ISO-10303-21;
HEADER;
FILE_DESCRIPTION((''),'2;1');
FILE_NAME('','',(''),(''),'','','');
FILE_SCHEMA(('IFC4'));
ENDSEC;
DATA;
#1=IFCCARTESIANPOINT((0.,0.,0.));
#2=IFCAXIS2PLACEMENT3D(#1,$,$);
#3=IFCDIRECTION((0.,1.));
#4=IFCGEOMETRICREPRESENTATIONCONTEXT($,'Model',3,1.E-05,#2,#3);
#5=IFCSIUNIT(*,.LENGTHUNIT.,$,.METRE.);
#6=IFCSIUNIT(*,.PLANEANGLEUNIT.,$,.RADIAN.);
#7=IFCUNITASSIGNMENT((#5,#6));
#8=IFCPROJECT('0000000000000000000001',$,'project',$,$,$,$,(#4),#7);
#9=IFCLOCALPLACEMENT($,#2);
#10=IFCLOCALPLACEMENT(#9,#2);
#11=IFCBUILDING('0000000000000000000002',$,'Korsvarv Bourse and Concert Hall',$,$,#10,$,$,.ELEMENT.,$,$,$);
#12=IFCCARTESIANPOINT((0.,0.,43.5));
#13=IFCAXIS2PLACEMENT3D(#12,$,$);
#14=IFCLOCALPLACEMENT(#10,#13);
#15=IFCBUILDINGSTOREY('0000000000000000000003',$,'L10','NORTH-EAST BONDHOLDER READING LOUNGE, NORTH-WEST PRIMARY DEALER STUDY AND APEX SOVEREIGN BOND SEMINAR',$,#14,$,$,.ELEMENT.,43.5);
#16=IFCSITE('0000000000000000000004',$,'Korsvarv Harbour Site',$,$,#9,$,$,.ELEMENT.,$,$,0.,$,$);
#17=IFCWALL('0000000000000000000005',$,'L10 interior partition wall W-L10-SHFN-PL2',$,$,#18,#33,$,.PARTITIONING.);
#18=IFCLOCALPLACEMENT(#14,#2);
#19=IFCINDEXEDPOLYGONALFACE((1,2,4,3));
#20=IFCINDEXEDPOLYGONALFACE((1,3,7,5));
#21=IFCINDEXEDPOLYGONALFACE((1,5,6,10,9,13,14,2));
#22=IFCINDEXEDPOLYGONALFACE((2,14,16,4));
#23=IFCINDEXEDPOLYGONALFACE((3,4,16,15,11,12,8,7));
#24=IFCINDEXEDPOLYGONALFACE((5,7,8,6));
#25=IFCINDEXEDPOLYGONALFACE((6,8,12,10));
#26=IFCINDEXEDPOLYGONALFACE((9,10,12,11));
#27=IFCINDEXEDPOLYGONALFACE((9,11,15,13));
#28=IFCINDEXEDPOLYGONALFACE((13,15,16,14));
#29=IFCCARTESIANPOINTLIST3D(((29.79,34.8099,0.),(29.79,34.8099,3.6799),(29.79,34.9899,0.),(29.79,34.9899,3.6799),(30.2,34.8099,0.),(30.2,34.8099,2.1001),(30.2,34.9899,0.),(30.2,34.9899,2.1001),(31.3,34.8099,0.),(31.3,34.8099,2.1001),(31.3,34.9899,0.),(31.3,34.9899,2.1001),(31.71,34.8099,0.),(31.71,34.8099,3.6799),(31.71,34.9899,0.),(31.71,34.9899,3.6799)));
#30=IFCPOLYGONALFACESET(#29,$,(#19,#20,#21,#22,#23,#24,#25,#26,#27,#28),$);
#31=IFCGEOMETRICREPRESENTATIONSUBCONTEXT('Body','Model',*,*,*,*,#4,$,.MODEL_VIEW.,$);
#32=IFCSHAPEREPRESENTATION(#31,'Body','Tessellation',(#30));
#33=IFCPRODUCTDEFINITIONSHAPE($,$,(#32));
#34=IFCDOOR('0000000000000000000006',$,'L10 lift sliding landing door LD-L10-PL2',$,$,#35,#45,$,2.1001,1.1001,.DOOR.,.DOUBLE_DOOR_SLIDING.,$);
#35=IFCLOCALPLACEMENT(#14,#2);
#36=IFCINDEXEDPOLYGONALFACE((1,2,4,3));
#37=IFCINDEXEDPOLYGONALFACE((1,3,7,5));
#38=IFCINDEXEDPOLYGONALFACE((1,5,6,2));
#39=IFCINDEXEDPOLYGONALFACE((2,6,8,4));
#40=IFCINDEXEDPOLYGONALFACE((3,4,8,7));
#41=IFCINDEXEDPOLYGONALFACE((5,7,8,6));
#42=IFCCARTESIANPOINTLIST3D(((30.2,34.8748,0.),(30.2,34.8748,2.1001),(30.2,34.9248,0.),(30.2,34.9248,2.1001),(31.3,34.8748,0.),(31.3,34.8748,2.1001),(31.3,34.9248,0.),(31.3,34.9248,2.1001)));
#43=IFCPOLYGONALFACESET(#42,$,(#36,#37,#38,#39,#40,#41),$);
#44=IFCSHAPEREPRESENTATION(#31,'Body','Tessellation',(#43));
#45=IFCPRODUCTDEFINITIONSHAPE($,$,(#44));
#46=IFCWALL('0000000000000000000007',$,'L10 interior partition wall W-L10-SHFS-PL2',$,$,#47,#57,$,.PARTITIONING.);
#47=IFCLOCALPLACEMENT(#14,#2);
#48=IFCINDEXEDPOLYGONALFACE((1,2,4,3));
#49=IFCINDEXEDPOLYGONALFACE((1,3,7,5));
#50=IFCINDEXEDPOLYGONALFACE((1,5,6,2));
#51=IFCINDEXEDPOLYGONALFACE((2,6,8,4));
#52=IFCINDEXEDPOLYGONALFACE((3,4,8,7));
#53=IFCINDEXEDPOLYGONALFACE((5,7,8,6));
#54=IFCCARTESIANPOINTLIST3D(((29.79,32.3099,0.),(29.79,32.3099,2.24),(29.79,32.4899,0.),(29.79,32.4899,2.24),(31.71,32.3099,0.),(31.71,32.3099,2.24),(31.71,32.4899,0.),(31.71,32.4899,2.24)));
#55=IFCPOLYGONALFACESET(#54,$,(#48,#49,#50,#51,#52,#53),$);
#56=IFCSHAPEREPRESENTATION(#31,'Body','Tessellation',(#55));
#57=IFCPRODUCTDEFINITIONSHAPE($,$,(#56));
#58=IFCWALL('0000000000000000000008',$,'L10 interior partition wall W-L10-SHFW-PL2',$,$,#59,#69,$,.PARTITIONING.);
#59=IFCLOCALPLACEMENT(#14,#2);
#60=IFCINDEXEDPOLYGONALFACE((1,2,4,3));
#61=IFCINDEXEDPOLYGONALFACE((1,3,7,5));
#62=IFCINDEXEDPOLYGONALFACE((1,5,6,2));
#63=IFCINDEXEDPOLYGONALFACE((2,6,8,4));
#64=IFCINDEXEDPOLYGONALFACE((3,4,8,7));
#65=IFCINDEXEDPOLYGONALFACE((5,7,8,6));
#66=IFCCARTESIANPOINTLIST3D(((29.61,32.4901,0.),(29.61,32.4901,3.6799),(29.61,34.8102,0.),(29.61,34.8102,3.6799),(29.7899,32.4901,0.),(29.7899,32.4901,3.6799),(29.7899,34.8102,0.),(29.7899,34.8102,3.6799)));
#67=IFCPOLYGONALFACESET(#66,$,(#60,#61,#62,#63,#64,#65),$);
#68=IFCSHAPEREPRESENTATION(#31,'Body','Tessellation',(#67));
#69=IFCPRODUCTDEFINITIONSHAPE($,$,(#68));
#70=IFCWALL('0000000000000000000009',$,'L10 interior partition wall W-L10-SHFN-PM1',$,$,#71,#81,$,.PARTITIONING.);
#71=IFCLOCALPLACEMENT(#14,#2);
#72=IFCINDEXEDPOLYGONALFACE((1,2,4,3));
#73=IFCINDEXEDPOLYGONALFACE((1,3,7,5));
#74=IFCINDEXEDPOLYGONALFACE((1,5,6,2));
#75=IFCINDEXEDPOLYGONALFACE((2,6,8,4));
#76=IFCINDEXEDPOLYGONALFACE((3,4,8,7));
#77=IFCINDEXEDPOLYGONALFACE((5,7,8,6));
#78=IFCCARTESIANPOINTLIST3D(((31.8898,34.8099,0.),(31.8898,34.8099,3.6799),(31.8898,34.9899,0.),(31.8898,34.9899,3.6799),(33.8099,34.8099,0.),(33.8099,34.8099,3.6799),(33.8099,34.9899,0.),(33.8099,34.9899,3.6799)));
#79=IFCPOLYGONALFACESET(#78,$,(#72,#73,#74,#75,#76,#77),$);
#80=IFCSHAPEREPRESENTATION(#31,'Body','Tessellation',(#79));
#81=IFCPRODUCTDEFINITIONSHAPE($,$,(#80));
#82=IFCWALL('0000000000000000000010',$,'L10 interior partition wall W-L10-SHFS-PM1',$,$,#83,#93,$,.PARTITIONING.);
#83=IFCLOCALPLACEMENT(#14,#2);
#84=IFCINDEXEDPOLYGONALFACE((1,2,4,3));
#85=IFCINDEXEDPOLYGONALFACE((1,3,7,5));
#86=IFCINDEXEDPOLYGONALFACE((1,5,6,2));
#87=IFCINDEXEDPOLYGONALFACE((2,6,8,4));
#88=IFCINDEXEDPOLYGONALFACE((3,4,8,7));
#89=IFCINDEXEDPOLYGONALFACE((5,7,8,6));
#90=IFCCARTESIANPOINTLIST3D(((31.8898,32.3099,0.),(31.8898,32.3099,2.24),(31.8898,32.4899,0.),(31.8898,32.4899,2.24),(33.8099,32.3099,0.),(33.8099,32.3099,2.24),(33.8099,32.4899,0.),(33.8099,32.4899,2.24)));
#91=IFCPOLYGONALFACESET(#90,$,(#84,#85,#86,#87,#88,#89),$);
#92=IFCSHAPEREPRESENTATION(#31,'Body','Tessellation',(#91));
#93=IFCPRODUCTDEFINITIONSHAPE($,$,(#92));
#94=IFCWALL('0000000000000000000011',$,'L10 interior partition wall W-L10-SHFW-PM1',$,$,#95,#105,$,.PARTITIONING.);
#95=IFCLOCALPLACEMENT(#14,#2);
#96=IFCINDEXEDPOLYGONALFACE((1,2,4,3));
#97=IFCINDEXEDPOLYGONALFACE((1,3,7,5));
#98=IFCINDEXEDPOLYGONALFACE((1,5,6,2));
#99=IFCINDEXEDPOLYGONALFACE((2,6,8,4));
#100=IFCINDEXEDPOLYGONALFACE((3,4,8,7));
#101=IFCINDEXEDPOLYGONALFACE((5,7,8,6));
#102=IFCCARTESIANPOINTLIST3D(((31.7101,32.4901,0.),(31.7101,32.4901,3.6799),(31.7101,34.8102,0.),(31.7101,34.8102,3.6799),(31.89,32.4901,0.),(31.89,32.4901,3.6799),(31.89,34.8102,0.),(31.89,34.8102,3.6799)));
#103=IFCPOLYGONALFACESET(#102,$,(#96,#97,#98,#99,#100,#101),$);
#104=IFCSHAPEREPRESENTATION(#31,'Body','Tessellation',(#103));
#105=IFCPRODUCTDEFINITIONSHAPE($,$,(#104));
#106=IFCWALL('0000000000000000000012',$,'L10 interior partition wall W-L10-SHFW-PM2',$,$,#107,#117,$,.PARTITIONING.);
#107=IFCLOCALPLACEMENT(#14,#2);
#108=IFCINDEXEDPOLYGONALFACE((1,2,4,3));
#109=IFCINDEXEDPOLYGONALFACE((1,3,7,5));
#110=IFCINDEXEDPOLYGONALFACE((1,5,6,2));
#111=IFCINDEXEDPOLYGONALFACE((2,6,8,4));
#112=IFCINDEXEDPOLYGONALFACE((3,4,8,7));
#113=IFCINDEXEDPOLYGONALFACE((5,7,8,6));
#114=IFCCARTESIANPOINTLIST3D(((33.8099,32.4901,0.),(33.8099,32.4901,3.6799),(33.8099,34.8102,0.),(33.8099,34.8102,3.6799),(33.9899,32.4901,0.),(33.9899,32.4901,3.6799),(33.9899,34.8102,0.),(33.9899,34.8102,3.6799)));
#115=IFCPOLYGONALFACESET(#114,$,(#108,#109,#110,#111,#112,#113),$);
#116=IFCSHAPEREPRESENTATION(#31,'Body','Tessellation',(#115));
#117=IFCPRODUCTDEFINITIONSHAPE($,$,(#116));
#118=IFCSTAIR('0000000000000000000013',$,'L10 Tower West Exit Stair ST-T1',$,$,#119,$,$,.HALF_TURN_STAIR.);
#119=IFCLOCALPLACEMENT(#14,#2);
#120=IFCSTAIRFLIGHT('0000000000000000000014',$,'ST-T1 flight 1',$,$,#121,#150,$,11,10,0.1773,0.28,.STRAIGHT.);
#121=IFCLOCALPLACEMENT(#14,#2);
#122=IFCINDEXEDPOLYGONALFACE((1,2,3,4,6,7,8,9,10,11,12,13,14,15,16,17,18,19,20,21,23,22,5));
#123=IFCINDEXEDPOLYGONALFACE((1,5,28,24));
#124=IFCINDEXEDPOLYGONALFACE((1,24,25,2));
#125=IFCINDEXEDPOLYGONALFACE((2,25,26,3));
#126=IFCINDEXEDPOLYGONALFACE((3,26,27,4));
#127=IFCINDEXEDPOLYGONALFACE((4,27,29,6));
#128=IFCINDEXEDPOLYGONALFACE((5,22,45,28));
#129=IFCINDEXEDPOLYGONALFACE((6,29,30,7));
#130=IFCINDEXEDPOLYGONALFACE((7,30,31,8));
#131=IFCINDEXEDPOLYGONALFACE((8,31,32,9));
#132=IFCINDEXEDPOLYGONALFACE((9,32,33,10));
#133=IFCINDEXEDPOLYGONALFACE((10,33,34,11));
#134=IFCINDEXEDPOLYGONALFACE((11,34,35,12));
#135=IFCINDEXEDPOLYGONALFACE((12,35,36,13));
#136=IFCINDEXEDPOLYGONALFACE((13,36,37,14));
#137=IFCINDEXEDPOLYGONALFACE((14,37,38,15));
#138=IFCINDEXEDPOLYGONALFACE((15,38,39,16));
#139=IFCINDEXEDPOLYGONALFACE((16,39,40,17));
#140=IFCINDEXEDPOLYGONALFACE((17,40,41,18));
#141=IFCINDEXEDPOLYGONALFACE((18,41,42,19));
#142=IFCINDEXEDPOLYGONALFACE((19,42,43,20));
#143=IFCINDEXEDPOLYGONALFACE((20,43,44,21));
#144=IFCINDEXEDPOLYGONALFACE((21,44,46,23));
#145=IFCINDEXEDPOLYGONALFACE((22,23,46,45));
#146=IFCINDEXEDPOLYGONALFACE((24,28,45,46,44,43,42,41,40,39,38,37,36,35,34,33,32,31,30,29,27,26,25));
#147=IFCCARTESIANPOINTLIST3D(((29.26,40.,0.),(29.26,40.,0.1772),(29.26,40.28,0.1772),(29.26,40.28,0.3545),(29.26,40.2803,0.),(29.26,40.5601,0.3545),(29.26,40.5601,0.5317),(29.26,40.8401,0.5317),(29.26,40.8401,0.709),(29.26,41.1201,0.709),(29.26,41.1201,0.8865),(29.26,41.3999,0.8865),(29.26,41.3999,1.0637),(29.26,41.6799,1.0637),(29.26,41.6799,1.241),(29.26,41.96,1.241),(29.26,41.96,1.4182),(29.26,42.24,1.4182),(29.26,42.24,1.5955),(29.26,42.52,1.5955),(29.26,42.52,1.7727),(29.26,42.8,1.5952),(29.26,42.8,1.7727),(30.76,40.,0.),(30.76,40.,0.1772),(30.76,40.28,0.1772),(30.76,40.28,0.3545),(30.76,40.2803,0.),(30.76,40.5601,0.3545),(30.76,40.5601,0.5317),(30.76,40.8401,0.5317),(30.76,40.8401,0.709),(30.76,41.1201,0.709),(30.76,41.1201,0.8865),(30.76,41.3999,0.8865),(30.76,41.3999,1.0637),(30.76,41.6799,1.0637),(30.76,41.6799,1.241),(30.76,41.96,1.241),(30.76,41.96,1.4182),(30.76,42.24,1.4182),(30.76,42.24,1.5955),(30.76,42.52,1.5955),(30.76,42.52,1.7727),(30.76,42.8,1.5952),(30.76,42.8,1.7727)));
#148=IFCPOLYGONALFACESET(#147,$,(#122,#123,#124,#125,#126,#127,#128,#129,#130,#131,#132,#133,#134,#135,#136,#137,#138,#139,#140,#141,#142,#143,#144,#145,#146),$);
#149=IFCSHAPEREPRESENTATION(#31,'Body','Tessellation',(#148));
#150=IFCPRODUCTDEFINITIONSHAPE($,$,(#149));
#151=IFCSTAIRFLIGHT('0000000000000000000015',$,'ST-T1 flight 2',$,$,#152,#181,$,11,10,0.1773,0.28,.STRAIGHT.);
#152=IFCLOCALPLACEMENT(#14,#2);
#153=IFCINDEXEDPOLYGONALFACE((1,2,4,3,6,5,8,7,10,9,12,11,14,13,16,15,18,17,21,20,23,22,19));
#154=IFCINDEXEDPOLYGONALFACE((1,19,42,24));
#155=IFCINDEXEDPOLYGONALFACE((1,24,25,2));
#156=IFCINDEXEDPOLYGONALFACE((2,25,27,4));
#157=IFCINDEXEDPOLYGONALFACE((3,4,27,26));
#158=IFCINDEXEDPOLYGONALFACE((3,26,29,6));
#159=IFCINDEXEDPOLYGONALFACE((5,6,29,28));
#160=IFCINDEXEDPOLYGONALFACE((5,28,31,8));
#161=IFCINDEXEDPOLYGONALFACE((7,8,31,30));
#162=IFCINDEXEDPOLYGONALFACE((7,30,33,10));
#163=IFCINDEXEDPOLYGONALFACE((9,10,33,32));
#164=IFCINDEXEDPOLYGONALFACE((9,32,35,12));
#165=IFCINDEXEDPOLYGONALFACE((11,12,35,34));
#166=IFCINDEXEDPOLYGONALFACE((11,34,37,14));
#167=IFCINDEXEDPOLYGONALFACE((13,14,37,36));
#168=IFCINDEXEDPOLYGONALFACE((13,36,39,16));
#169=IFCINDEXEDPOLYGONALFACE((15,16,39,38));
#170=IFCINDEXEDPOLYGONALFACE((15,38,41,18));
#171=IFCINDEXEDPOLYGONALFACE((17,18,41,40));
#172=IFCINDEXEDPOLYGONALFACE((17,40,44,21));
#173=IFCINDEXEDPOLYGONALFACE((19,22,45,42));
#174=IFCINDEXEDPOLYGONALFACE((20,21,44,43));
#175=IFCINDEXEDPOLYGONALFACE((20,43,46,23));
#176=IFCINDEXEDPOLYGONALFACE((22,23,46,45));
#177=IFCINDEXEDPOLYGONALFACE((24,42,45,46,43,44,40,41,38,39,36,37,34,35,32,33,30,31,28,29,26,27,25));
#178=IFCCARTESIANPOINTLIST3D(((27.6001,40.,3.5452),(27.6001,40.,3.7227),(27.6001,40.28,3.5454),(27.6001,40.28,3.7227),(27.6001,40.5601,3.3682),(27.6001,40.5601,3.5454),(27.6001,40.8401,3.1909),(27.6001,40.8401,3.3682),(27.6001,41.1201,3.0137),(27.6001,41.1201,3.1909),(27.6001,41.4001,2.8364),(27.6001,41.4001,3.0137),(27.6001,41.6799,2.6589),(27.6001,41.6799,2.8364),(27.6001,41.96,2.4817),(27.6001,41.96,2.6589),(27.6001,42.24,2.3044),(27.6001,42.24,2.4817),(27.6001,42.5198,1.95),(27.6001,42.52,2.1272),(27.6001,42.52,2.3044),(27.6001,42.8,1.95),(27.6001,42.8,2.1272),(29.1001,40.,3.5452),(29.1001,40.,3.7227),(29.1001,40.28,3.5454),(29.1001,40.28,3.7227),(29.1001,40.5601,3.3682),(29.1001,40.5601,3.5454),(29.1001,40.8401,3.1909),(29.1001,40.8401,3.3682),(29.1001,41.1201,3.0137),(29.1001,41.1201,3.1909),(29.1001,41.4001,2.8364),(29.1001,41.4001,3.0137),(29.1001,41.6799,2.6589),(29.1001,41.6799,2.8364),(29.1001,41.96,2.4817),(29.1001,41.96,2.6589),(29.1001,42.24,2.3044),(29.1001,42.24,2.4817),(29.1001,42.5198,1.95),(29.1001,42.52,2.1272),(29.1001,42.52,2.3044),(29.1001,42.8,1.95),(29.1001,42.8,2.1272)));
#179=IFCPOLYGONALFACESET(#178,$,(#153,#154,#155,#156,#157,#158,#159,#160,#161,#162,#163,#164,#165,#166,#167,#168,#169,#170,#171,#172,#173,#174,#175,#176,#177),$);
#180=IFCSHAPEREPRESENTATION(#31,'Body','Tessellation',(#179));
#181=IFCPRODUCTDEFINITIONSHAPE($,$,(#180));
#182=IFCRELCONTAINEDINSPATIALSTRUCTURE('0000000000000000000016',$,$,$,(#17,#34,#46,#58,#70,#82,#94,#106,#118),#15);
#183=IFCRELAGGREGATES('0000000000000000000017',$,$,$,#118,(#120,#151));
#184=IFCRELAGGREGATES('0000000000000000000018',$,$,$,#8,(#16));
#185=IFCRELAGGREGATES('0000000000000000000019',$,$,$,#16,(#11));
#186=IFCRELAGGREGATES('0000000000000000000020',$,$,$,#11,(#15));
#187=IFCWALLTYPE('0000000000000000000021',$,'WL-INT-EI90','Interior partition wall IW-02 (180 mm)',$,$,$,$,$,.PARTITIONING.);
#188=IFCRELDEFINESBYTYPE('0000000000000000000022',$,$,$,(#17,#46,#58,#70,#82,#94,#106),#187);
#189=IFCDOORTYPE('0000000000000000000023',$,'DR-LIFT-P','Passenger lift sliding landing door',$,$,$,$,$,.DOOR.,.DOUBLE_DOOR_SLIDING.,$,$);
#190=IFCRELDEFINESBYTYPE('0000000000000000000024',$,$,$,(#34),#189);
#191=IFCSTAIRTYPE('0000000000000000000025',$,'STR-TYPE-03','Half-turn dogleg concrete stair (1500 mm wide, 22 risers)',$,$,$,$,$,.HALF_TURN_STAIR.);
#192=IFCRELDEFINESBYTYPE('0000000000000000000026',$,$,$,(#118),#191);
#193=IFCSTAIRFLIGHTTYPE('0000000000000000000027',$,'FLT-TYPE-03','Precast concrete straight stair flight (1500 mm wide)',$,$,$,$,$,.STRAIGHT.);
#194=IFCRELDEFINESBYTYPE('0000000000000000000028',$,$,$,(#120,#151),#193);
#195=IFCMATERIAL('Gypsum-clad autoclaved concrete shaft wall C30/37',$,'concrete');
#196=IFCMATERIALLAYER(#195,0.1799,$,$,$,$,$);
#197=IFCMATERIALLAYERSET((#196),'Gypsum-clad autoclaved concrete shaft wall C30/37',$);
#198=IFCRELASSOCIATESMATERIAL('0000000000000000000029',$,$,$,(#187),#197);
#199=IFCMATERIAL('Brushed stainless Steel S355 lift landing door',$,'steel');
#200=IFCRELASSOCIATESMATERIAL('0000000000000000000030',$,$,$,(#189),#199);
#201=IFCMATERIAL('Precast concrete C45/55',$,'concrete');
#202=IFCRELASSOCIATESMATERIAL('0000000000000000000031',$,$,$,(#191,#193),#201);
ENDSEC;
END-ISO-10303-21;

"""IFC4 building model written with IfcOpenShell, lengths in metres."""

from ifc_helpers import new_model, si_unit, direction, frame, frame_2d, origin, place, context, subcontext, project, spatial, polyline, rectangle, outline, extrude, material, layer, layer_set, type_object, element, fill, aggregate, save


model = new_model("IFC4")

# Units and contexts
model_context = context("Model", 3, precision=1e-05, world=origin(), true_north=direction((0.0, 1.0)))
body_context = subcontext(model_context, "Body", "Model", "MODEL_VIEW")
ifc_project = project(units=[si_unit("LENGTHUNIT", "METRE"), si_unit("PLANEANGLEUNIT", "RADIAN")], contexts=[model_context])

# Site, building, storey
site_placement = place(None, origin())
site = spatial("IfcSite", under=ifc_project, at=site_placement, Name="Korsvarv Harbour Site", CompositionType="ELEMENT", RefElevation=0.0)
building_placement = place(site_placement, origin())
building = spatial("IfcBuilding", under=site, at=building_placement, Name="Korsvarv Bourse and Concert Hall", CompositionType="ELEMENT")
storey_placement = place(building_placement, frame((0.0, 0.0, 43.5)))
storey = spatial("IfcBuildingStorey", under=building, at=storey_placement, Name="L10", Description="NORTH-EAST BONDHOLDER READING LOUNGE, NORTH-WEST PRIMARY DEALER STUDY AND APEX SOVEREIGN BOND SEMINAR", CompositionType="ELEMENT", Elevation=43.5)

# Wall, opening, door
ifc_material_1 = material(Name="Gypsum-clad autoclaved concrete shaft wall C30/37", Category="concrete")
ifc_layer_1 = layer(ifc_material_1, 0.1799)
ifc_layer_set_1 = layer_set([ifc_layer_1], Name="Gypsum-clad autoclaved concrete shaft wall C30/37")
wall_type_1 = type_object("IfcWallType", Name="WL-INT-EI90", Description="Interior partition wall IW-02 (180 mm)", PredefinedType="PARTITIONING", material=ifc_layer_set_1)
wall_1_placement = place(storey_placement, frame((29.79, 34.8999, 0.0), z_axis=(0.0, 0.0, 1.0), x_axis=(1.0, 0.0, 0.0)))
wall_1 = element("IfcWall", 1, at=wall_1_placement, inside=storey, type_object=wall_type_1, Name="L10 interior partition wall W-L10-SHFN-PL2", PredefinedType="PARTITIONING", context=body_context, shape_type="SweptSolid", body=[
    extrude(rectangle(XDim=1.9199, YDim=0.1799, at=frame_2d((0.96, 0.0))), origin(), (0.0, 0.0, 1.0), 3.6799),
])
opening_1_placement = place(wall_1_placement, frame((0.4099, 0.0, 0.0)))
opening_1 = element("IfcOpeningElement", 2, at=opening_1_placement, cuts=wall_1, PredefinedType="OPENING", context=body_context, shape_type="SweptSolid", body=[
    extrude(rectangle(XDim=1.1001, YDim=2.1001, at=frame_2d((0.55, 1.05))), frame((0.0, 0.1001, 0.0), z_axis=(0.0, -1.0, 0.0), x_axis=(1.0, 0.0, 0.0)), (0.0, 0.0, 1.0), 0.2),
])
ifc_material_2 = material(Name="Brushed stainless Steel S355 lift landing door", Category="steel")
door_type_1 = type_object("IfcDoorType", Name="DR-LIFT-P", Description="Passenger lift sliding landing door", OperationType="DOUBLE_DOOR_SLIDING", PredefinedType="DOOR", material=ifc_material_2)
door_1_placement = place(opening_1_placement, origin())
door_1 = element("IfcDoor", 3, at=door_1_placement, inside=storey, type_object=door_type_1, Name="L10 lift sliding landing door LD-L10-PL2", OperationType="DOUBLE_DOOR_SLIDING", OverallHeight=2.1001, OverallWidth=1.1001, PredefinedType="DOOR", context=body_context, shape_type="SweptSolid", body=[
    extrude(rectangle(XDim=1.1001, YDim=2.1001, at=frame_2d((0.55, 1.05))), frame((0.0, 0.0249, 0.0), z_axis=(0.0, -1.0, 0.0), x_axis=(1.0, 0.0, 0.0)), (0.0, 0.0, 1.0), 0.05),
])
fill(opening_1, door_1)

# Walls
wall_2_placement = place(storey_placement, frame((29.79, 32.3999, 0.0), z_axis=(0.0, 0.0, 1.0), x_axis=(1.0, 0.0, 0.0)))
element("IfcWall", 4, at=wall_2_placement, inside=storey, type_object=wall_type_1, Name="L10 interior partition wall W-L10-SHFS-PL2", PredefinedType="PARTITIONING", context=body_context, shape_type="SweptSolid", body=[
    extrude(rectangle(XDim=1.9199, YDim=0.1799, at=frame_2d((0.96, 0.0))), origin(), (0.0, 0.0, 1.0), 2.24),
])
wall_3_placement = place(storey_placement, frame((29.7, 32.49, 0.0), z_axis=(0.0, 0.0, 1.0), x_axis=(0.0, 1.0, 0.0)))
element("IfcWall", 5, at=wall_3_placement, inside=storey, type_object=wall_type_1, Name="L10 interior partition wall W-L10-SHFW-PL2", PredefinedType="PARTITIONING", context=body_context, shape_type="SweptSolid", body=[
    extrude(rectangle(XDim=2.3201, YDim=0.1799, at=frame_2d((1.1602, 0.0))), origin(), (0.0, 0.0, 1.0), 3.6799),
])
wall_4_placement = place(storey_placement, frame((31.8899, 34.8999, 0.0), z_axis=(0.0, 0.0, 1.0), x_axis=(1.0, 0.0, 0.0)))
element("IfcWall", 6, at=wall_4_placement, inside=storey, type_object=wall_type_1, Name="L10 interior partition wall W-L10-SHFN-PM1", PredefinedType="PARTITIONING", context=body_context, shape_type="SweptSolid", body=[
    extrude(rectangle(XDim=1.9202, YDim=0.1799, at=frame_2d((0.96, 0.0))), origin(), (0.0, 0.0, 1.0), 3.6799),
])
wall_5_placement = place(storey_placement, frame((31.8899, 32.3999, 0.0), z_axis=(0.0, 0.0, 1.0), x_axis=(1.0, 0.0, 0.0)))
element("IfcWall", 7, at=wall_5_placement, inside=storey, type_object=wall_type_1, Name="L10 interior partition wall W-L10-SHFS-PM1", PredefinedType="PARTITIONING", context=body_context, shape_type="SweptSolid", body=[
    extrude(rectangle(XDim=1.9202, YDim=0.1799, at=frame_2d((0.96, 0.0))), origin(), (0.0, 0.0, 1.0), 2.24),
])
for number, where, z_axis, x_axis, name in (
    (8, (31.8, 32.49, 0.0), (0.0, 0.0, 1.0), (0.0, 1.0, 0.0), "L10 interior partition wall W-L10-SHFW-PM1"),
    (9, (33.8999, 32.49, 0.0), (0.0, 0.0, 1.0), (0.0, 1.0, 0.0), "L10 interior partition wall W-L10-SHFW-PM2"),
):
    element("IfcWall", number, at=place(storey_placement, frame(where, z_axis=z_axis, x_axis=x_axis)), inside=storey, type_object=wall_type_1, Name=name, PredefinedType="PARTITIONING", context=body_context, shape_type="SweptSolid", body=[
        extrude(rectangle(XDim=2.3201, YDim=0.1799, at=frame_2d((1.1602, 0.0))), origin(), (0.0, 0.0, 1.0), 3.6799),
    ])

# Stair, stair flights
ifc_material_3 = material(Name="Precast concrete C45/55", Category="concrete")
stair_type = type_object("IfcStairType", Name="STR-TYPE-03", Description="Half-turn dogleg concrete stair (1500 mm wide, 22 risers)", PredefinedType="HALF_TURN_STAIR", material=ifc_material_3)
stair_placement = place(storey_placement, origin())
stair = element("IfcStair", 10, at=stair_placement, inside=storey, type_object=stair_type, Name="L10 Tower West Exit Stair ST-T1", PredefinedType="HALF_TURN_STAIR")
stair_flight_type = type_object("IfcStairFlightType", Name="FLT-TYPE-03", Description="Precast concrete straight stair flight (1500 mm wide)", PredefinedType="STRAIGHT", material=ifc_material_3)
stair_flight_1_placement = place(storey_placement, frame((30.01, 40.0, 0.0), z_axis=(0.0, 0.0, 1.0), x_axis=(0.0, 1.0, 0.0)))
stair_flight_1 = element("IfcStairFlight", 11, at=stair_flight_1_placement, type_object=stair_flight_type, Name="ST-T1 flight 1", NumberOfRisers=11, NumberOfTreads=10, PredefinedType="STRAIGHT", RiserHeight=0.1773, TreadLength=0.28, context=body_context, shape_type="SweptSolid", body=[
    extrude(outline(polyline([(0.0, 0.0), (0.0, 0.1772), (0.28, 0.1772), (0.28, 0.3545), (0.5601, 0.3545), (0.5601, 0.5317), (0.8401, 0.5317), (0.8401, 0.709), (1.1201, 0.709), (1.1201, 0.8865), (1.3999, 0.8865), (1.3999, 1.0637), (1.6799, 1.0637), (1.6799, 1.241), (1.96, 1.241), (1.96, 1.4182), (2.24, 1.4182), (2.24, 1.5955), (2.52, 1.5955), (2.52, 1.7727), (2.8, 1.7727), (2.8, 1.95), (2.8, 1.5952), (0.2803, 0.0), (0.0, 0.0)])), frame((0.0, 0.75, 0.0), z_axis=(0.0, -1.0, 0.0), x_axis=(1.0, 0.0, 0.0)), (0.0, 0.0, 1.0), 1.5),
])
stair_flight_2_placement = place(storey_placement, frame((28.3501, 42.8, 1.95), z_axis=(0.0, 0.0, 1.0), x_axis=(0.0, -1.0, 0.0)))
stair_flight_2 = element("IfcStairFlight", 12, at=stair_flight_2_placement, type_object=stair_flight_type, Name="ST-T1 flight 2", NumberOfRisers=11, NumberOfTreads=10, PredefinedType="STRAIGHT", RiserHeight=0.1773, TreadLength=0.28, context=body_context, shape_type="SweptSolid", body=[
    extrude(outline(polyline([(0.0, 0.0), (0.0, 0.1772), (0.28, 0.1772), (0.28, 0.3545), (0.5601, 0.3545), (0.5601, 0.5317), (0.8401, 0.5317), (0.8401, 0.709), (1.1201, 0.709), (1.1201, 0.8865), (1.3999, 0.8865), (1.3999, 1.0637), (1.6799, 1.0637), (1.6799, 1.241), (1.96, 1.241), (1.96, 1.4182), (2.24, 1.4182), (2.24, 1.5955), (2.52, 1.5955), (2.52, 1.7727), (2.8, 1.7727), (2.8, 1.95), (2.8, 1.5952), (0.2803, 0.0), (0.0, 0.0)])), frame((0.0, 0.75, 0.0), z_axis=(0.0, -1.0, 0.0), x_axis=(1.0, 0.0, 0.0)), (0.0, 0.0, 1.0), 1.5),
])
aggregate(stair, [stair_flight_1, stair_flight_2])

save(model, "model.ifc")
